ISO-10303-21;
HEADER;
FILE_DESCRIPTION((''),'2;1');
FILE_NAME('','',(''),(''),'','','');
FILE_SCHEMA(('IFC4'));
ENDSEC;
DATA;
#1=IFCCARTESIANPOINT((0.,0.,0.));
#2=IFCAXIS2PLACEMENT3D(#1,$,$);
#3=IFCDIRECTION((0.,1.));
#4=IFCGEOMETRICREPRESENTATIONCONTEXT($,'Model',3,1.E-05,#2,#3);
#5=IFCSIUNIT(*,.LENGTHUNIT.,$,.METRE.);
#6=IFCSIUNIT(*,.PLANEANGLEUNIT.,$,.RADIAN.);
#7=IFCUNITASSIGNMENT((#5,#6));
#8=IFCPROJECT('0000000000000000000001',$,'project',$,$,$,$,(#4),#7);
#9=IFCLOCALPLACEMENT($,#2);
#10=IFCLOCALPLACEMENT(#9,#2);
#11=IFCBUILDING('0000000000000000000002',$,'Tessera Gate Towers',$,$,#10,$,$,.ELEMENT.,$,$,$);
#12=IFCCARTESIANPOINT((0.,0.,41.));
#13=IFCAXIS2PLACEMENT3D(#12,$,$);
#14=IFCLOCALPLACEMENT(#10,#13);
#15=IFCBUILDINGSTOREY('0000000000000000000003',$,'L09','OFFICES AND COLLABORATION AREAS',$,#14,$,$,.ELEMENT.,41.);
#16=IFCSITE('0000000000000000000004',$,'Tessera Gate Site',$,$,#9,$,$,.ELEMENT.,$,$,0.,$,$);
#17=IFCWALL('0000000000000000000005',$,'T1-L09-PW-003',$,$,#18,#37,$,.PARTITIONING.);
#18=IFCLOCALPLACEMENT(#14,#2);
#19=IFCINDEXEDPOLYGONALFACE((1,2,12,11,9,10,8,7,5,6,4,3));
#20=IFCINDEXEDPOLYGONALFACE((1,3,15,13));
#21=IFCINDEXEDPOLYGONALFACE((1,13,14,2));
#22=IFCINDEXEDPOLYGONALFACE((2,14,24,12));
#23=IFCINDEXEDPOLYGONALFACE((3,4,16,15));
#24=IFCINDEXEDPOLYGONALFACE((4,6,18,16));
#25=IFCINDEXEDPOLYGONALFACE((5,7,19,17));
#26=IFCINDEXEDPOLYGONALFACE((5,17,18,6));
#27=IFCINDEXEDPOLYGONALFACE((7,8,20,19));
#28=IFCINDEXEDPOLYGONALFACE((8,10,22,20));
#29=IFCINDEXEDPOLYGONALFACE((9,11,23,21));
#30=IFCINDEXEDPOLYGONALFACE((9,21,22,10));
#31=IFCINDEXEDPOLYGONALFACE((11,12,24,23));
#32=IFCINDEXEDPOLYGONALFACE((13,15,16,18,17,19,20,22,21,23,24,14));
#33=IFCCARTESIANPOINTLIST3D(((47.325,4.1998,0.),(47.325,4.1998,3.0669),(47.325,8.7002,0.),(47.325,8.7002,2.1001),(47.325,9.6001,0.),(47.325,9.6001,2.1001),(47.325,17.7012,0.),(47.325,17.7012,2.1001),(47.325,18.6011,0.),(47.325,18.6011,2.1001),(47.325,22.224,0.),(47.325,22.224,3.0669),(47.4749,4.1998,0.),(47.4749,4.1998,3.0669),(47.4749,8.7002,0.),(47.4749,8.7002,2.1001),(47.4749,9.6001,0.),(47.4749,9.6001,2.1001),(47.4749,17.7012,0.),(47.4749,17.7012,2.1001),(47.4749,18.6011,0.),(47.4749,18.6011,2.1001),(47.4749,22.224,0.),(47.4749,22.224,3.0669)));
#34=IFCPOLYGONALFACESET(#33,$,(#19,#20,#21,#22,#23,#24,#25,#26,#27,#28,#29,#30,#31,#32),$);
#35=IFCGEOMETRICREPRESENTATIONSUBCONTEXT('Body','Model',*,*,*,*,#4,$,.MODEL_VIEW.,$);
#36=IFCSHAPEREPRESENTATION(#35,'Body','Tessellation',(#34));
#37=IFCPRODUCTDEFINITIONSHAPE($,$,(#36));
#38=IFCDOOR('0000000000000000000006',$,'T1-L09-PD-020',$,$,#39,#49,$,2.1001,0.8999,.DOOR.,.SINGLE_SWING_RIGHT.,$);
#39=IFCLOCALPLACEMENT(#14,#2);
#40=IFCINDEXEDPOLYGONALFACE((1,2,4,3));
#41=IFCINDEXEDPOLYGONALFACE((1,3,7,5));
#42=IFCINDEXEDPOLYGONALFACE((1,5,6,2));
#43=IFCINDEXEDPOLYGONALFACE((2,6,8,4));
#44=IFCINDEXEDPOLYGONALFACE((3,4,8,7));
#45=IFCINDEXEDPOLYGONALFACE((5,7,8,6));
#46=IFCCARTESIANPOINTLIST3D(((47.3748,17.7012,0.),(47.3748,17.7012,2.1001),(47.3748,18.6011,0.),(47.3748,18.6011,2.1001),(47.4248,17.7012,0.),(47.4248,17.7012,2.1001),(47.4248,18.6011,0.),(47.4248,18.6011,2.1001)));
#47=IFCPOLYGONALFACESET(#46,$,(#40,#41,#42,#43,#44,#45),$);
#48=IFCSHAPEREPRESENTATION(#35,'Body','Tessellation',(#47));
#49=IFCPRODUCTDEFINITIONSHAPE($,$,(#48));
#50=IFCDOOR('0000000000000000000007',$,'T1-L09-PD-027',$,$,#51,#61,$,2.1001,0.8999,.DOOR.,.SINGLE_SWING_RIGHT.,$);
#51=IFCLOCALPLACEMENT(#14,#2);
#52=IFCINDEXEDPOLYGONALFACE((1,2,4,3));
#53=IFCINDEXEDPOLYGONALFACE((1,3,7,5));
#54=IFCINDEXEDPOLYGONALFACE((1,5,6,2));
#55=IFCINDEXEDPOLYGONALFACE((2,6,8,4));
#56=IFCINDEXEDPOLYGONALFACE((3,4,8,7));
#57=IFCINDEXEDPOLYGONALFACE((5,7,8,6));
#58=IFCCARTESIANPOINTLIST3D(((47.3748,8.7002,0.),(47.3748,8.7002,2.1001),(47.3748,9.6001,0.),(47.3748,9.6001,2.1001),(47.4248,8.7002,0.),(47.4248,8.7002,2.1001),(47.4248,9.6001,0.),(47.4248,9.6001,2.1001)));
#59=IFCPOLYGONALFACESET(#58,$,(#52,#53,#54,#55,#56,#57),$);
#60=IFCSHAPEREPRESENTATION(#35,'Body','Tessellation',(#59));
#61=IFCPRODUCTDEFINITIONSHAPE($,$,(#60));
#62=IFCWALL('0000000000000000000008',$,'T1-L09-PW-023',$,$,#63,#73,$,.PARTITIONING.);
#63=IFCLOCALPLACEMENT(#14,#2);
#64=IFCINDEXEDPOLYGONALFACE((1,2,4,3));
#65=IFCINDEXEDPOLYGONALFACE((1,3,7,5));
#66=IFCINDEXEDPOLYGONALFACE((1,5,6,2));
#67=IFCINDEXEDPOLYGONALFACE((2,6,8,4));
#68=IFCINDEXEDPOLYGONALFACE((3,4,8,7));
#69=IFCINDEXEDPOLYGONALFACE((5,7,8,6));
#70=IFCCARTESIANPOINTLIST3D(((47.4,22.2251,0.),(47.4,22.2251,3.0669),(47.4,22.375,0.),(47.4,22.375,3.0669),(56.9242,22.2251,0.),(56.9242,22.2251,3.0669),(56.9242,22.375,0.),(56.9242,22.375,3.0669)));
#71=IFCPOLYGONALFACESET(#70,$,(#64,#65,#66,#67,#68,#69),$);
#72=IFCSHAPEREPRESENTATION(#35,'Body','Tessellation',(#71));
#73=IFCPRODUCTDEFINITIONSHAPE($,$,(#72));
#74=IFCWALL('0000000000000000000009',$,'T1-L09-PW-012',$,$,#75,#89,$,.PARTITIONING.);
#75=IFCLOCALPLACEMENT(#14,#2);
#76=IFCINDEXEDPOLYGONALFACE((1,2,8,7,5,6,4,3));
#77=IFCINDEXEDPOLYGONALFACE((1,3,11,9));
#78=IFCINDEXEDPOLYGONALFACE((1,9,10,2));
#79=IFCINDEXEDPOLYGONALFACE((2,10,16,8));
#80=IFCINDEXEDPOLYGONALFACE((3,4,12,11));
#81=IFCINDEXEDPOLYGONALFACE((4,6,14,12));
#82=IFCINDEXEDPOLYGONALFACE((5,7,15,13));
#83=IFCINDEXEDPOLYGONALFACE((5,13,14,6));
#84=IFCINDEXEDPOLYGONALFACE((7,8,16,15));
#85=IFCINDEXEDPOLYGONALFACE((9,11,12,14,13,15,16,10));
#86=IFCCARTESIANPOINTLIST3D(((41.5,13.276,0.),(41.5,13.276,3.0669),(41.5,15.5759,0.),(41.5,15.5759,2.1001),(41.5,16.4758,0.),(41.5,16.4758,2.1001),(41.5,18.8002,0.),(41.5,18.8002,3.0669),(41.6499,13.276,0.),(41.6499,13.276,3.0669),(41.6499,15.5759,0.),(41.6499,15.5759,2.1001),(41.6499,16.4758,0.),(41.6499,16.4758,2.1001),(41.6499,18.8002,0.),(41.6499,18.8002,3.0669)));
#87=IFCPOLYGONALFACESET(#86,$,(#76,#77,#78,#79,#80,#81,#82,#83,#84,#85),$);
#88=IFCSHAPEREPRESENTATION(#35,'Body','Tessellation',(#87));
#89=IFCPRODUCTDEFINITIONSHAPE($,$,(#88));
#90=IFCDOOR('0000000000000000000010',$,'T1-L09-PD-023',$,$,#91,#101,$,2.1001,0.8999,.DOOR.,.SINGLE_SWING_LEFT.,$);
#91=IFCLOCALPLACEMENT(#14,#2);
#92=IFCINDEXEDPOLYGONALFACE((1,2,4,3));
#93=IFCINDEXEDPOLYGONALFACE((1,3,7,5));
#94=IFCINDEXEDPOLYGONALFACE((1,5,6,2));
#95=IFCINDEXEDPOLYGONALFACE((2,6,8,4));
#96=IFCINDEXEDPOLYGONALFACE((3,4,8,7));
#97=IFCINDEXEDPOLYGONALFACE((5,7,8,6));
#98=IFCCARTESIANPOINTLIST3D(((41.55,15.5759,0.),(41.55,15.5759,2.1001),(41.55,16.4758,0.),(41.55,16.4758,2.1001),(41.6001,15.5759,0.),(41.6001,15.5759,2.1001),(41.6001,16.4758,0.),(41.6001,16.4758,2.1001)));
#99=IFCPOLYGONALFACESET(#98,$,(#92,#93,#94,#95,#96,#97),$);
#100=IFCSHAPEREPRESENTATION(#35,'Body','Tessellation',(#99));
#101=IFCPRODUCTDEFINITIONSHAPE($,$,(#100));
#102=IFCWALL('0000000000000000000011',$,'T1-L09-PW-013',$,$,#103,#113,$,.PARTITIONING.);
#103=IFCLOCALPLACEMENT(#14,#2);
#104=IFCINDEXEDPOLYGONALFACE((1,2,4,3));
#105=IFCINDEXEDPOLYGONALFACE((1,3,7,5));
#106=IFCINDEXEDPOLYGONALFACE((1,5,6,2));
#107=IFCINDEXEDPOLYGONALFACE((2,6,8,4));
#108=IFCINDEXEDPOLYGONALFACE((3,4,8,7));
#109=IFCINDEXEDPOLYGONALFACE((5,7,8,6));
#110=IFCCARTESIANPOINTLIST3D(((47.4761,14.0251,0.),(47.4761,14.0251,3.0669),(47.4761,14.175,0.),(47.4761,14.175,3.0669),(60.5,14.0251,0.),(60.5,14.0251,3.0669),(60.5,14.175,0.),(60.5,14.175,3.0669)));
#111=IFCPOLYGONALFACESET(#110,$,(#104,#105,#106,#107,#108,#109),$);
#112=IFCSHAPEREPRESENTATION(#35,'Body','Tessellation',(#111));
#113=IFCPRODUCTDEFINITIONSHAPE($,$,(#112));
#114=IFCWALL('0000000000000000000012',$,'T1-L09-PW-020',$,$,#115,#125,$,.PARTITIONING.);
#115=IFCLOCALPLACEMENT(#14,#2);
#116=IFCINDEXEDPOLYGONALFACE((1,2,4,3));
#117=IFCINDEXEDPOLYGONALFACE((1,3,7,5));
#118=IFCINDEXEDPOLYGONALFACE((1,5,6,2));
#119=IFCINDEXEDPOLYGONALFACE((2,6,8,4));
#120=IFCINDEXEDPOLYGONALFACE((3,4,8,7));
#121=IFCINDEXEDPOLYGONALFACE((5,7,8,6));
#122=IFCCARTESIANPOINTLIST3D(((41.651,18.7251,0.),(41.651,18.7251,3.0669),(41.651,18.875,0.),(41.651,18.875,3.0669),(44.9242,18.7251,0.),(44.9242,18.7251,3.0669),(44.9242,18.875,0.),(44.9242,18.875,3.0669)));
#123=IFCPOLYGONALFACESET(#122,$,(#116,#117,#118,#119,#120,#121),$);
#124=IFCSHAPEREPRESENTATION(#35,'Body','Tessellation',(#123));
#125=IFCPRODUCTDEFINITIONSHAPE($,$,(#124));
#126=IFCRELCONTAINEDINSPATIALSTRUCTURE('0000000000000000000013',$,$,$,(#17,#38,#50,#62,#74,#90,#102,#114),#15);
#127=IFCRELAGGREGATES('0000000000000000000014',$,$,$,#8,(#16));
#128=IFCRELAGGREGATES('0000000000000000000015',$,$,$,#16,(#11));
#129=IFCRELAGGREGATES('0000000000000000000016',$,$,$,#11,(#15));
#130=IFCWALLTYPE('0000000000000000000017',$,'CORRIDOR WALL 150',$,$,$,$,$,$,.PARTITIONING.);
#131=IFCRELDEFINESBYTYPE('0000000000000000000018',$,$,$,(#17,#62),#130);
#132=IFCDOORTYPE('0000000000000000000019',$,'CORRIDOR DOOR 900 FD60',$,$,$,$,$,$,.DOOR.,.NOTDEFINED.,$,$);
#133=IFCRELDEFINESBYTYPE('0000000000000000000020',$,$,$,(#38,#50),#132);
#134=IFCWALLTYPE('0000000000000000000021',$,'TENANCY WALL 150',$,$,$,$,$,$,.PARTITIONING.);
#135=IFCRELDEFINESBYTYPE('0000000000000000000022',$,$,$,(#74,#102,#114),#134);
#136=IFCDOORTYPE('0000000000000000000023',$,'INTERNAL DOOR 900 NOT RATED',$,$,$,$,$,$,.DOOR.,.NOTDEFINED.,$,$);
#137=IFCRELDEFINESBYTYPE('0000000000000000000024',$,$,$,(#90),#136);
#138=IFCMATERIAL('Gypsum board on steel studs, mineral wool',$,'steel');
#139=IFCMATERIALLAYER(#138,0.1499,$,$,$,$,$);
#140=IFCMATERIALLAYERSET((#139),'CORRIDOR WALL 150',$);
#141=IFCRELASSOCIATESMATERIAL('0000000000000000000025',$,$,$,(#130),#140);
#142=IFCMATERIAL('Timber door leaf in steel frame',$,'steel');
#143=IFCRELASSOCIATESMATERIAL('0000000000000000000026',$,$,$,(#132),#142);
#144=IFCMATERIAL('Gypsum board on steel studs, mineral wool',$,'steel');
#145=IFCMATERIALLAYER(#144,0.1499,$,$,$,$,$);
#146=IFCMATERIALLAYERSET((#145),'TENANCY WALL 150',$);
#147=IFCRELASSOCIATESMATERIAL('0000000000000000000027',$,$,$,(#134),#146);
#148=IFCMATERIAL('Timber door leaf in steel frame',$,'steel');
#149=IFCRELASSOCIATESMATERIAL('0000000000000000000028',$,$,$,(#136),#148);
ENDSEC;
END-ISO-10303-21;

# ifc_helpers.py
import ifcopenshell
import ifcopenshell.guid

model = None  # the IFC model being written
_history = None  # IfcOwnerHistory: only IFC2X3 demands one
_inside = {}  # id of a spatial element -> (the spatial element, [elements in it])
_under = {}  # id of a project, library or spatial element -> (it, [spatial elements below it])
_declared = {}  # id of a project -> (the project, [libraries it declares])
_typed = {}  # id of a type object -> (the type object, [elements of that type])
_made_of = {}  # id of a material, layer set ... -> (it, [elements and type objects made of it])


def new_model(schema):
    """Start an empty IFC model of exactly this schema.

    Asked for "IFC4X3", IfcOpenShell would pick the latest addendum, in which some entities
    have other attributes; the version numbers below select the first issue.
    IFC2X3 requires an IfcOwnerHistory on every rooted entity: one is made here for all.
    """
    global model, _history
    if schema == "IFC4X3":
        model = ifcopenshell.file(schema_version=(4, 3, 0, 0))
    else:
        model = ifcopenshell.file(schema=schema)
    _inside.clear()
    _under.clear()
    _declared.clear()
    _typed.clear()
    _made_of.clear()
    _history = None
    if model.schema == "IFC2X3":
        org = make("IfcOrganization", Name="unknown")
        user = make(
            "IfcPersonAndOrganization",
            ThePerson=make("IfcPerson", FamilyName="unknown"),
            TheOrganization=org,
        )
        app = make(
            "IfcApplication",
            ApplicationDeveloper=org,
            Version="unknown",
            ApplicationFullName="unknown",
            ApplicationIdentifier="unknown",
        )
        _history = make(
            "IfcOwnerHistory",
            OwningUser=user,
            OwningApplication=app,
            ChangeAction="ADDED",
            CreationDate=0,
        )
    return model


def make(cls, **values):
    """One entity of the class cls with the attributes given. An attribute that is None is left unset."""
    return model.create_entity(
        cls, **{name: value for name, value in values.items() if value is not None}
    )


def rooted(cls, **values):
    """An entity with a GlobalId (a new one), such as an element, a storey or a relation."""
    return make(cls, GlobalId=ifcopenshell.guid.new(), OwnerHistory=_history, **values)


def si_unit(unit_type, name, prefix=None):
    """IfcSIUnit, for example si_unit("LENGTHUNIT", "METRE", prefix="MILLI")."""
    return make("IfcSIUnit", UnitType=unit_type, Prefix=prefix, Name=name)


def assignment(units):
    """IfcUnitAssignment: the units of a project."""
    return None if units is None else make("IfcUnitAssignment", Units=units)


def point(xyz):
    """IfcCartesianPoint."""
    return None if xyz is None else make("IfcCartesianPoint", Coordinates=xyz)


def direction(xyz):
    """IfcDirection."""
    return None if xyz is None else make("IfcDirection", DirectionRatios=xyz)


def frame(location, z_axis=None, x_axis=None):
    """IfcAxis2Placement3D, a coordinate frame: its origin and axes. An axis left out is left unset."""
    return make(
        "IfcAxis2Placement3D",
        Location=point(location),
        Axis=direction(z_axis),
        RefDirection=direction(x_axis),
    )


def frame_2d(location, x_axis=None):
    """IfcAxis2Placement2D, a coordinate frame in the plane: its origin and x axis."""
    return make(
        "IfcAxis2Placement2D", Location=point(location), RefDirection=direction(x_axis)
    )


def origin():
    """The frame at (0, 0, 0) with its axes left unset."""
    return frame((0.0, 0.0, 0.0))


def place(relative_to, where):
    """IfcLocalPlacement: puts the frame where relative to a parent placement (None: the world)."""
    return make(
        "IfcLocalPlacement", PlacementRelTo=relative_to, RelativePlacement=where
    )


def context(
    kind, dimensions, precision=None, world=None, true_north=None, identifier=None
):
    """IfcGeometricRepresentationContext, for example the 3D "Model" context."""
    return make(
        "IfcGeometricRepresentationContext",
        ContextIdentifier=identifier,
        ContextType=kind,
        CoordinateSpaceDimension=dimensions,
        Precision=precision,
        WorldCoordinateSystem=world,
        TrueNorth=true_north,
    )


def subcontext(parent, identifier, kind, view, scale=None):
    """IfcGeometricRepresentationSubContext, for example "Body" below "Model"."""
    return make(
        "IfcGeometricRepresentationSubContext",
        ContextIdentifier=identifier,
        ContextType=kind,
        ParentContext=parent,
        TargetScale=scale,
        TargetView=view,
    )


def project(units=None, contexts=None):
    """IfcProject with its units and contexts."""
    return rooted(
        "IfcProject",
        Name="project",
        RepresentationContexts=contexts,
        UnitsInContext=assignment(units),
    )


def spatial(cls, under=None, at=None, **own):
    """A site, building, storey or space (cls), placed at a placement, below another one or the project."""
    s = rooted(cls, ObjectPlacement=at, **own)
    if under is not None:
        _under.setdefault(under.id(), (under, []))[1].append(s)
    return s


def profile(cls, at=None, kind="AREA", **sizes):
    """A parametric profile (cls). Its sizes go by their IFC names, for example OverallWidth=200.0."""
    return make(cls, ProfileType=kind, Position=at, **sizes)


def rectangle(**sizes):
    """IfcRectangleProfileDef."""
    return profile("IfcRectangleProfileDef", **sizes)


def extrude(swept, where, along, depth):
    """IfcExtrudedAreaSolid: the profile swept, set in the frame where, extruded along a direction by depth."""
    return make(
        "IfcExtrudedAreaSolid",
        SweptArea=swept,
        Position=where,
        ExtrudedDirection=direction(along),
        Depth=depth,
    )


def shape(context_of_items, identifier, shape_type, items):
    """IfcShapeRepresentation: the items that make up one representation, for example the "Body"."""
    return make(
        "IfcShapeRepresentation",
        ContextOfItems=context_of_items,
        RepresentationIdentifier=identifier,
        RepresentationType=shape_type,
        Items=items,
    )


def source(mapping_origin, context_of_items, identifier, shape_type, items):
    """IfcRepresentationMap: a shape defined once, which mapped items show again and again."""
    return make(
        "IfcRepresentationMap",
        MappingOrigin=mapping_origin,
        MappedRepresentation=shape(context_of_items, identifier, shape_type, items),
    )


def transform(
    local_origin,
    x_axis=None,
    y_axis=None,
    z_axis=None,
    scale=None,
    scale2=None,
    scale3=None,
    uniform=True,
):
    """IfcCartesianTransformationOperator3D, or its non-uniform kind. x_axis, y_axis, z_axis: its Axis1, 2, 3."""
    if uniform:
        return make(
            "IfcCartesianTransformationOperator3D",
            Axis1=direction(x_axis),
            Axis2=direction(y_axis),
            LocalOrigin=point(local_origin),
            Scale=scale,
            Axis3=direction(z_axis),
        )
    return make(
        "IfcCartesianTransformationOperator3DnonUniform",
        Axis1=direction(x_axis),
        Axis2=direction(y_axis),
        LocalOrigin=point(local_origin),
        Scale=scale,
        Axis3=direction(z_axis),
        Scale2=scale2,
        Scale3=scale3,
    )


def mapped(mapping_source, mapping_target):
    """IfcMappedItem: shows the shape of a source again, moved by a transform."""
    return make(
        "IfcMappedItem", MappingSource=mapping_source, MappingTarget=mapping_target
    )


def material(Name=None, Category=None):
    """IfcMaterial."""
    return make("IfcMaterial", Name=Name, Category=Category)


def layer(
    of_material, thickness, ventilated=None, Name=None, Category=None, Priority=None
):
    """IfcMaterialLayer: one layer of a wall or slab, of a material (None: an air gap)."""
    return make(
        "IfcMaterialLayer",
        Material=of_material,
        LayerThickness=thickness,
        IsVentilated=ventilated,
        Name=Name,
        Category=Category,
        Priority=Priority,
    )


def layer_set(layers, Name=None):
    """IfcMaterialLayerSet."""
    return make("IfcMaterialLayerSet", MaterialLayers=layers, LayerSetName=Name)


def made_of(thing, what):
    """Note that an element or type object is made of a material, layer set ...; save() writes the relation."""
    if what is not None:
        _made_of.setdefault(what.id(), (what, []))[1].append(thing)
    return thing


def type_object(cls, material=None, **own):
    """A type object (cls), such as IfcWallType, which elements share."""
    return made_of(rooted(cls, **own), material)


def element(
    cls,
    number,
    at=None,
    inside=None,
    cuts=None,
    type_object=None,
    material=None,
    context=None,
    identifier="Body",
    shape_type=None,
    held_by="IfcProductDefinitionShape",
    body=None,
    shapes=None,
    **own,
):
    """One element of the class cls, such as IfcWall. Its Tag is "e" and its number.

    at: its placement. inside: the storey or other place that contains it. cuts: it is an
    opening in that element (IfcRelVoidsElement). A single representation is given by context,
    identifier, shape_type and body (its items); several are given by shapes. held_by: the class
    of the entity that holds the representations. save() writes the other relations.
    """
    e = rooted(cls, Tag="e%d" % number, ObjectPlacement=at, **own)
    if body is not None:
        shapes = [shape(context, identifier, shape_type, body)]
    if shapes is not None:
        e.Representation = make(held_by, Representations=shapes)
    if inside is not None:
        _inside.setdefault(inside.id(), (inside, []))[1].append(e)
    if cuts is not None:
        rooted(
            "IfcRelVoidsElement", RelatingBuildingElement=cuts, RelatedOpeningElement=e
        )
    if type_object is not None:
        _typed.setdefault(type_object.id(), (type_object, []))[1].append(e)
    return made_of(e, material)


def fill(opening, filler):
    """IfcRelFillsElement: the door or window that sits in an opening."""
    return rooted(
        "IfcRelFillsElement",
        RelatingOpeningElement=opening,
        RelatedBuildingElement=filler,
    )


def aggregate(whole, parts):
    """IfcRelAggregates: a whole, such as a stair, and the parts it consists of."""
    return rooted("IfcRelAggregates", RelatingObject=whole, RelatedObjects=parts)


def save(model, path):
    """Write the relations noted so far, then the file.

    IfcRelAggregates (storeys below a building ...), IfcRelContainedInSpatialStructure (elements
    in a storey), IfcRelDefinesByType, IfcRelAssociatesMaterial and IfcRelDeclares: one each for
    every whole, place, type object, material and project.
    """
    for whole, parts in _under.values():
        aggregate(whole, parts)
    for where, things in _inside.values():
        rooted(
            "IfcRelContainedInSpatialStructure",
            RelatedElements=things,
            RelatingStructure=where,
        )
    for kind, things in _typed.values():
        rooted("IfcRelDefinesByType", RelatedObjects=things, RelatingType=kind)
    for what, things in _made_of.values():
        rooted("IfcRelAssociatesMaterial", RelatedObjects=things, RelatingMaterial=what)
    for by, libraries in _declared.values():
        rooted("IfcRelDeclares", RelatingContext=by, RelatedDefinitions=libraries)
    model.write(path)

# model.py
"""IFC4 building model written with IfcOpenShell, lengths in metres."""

from ifc_helpers import new_model, si_unit, direction, frame, frame_2d, origin, place, context, subcontext, project, spatial, rectangle, extrude, source, transform, mapped, material, layer, layer_set, type_object, element, fill, save


model = new_model("IFC4")

# Units and contexts
model_context = context("Model", 3, precision=1e-05, world=origin(), true_north=direction((0.0, 1.0)))
body_context = subcontext(model_context, "Body", "Model", "MODEL_VIEW")
ifc_project = project(units=[si_unit("LENGTHUNIT", "METRE"), si_unit("PLANEANGLEUNIT", "RADIAN")], contexts=[model_context])

# Site, building, storey
site_placement = place(None, origin())
site = spatial("IfcSite", under=ifc_project, at=site_placement, Name="Tessera Gate Site", CompositionType="ELEMENT", RefElevation=0.0)
building_placement = place(site_placement, origin())
building = spatial("IfcBuilding", under=site, at=building_placement, Name="Tessera Gate Towers", CompositionType="ELEMENT")
storey_placement = place(building_placement, frame((0.0, 0.0, 41.0)))
storey = spatial("IfcBuildingStorey", under=building, at=storey_placement, Name="L09", Description="OFFICES AND COLLABORATION AREAS", CompositionType="ELEMENT", Elevation=41.0)

# Wall, openings, doors
ifc_material_1 = material(Name="Gypsum board on steel studs, mineral wool", Category="steel")
ifc_layer_1 = layer(ifc_material_1, 0.1499)
ifc_layer_set_1 = layer_set([ifc_layer_1], Name="CORRIDOR WALL 150")
wall_type_1 = type_object("IfcWallType", Name="CORRIDOR WALL 150", PredefinedType="PARTITIONING", material=ifc_layer_set_1)
wall_1_placement = place(storey_placement, frame((47.3999, 22.2241, 0.0), z_axis=(0.0, 0.0, 1.0), x_axis=(0.0, -1.0, 0.0)))
wall_1 = element("IfcWall", 1, at=wall_1_placement, inside=storey, type_object=wall_type_1, Name="T1-L09-PW-003", PredefinedType="PARTITIONING", context=body_context, shape_type="SweptSolid", body=[
    extrude(rectangle(XDim=18.0242, YDim=0.1499, at=frame_2d((9.0122, 0.0))), origin(), (0.0, 0.0, 1.0), 3.0669),
])
shared_shape_1 = source(origin(), body_context, "Body", "SweptSolid", [
    extrude(rectangle(XDim=0.8999, YDim=2.1001, at=frame_2d((0.45, 1.05))), frame((0.0, 0.085, 0.0), z_axis=(0.0, -1.0, 0.0), x_axis=(1.0, 0.0, 0.0)), (0.0, 0.0, 1.0), 0.1699),
])
opening_1_placement = place(wall_1_placement, frame((3.623, 0.0, 0.0)))
opening_1 = element("IfcOpeningElement", 2, at=opening_1_placement, cuts=wall_1, PredefinedType="OPENING", context=body_context, shape_type="MappedRepresentation", body=[
    mapped(shared_shape_1, transform((0.0, 0.0, 0.0), scale=1.0)),
])
opening_2_placement = place(wall_1_placement, frame((12.624, 0.0, 0.0)))
opening_2 = element("IfcOpeningElement", 3, at=opening_2_placement, cuts=wall_1, PredefinedType="OPENING", context=body_context, shape_type="MappedRepresentation", body=[
    mapped(shared_shape_1, transform((0.0, 0.0, 0.0), scale=1.0)),
])
ifc_material_2 = material(Name="Timber door leaf in steel frame", Category="steel")
door_type_1 = type_object("IfcDoorType", Name="CORRIDOR DOOR 900 FD60", OperationType="NOTDEFINED", PredefinedType="DOOR", material=ifc_material_2)
shared_shape_2 = source(origin(), body_context, "Body", "SweptSolid", [
    extrude(rectangle(XDim=0.8999, YDim=2.1001, at=frame_2d((0.45, 1.05))), frame((0.0, 0.0249, 0.0), z_axis=(0.0, -1.0, 0.0), x_axis=(1.0, 0.0, 0.0)), (0.0, 0.0, 1.0), 0.05),
])
door_1_placement = place(opening_1_placement, origin())
door_1 = element("IfcDoor", 4, at=door_1_placement, inside=storey, type_object=door_type_1, Name="T1-L09-PD-020", OperationType="SINGLE_SWING_RIGHT", OverallHeight=2.1001, OverallWidth=0.8999, PredefinedType="DOOR", context=body_context, shape_type="MappedRepresentation", body=[
    mapped(shared_shape_2, transform((0.0, 0.0, 0.0), scale=1.0)),
])
fill(opening_1, door_1)
door_2_placement = place(opening_2_placement, origin())
door_2 = element("IfcDoor", 5, at=door_2_placement, inside=storey, type_object=door_type_1, Name="T1-L09-PD-027", OperationType="SINGLE_SWING_RIGHT", OverallHeight=2.1001, OverallWidth=0.8999, PredefinedType="DOOR", context=body_context, shape_type="MappedRepresentation", body=[
    mapped(shared_shape_2, transform((0.0, 0.0, 0.0), scale=1.0)),
])
fill(opening_2, door_2)

# Wall
wall_2_placement = place(storey_placement, frame((47.3999, 22.3, 0.0), z_axis=(0.0, 0.0, 1.0), x_axis=(1.0, 0.0, 0.0)))
element("IfcWall", 6, at=wall_2_placement, inside=storey, type_object=wall_type_1, Name="T1-L09-PW-023", PredefinedType="PARTITIONING", context=body_context, shape_type="SweptSolid", body=[
    extrude(rectangle(XDim=9.5242, YDim=0.1499, at=frame_2d((4.7622, 0.0))), origin(), (0.0, 0.0, 1.0), 3.0669),
])

# Wall, opening, door
ifc_material_3 = material(Name="Gypsum board on steel studs, mineral wool", Category="steel")
ifc_layer_2 = layer(ifc_material_3, 0.1499)
ifc_layer_set_2 = layer_set([ifc_layer_2], Name="TENANCY WALL 150")
wall_type_2 = type_object("IfcWallType", Name="TENANCY WALL 150", PredefinedType="PARTITIONING", material=ifc_layer_set_2)
wall_3_placement = place(storey_placement, frame((41.575, 13.2759, 0.0), z_axis=(0.0, 0.0, 1.0), x_axis=(0.0, 1.0, 0.0)))
wall_3 = element("IfcWall", 7, at=wall_3_placement, inside=storey, type_object=wall_type_2, Name="T1-L09-PW-012", PredefinedType="PARTITIONING", context=body_context, shape_type="SweptSolid", body=[
    extrude(rectangle(XDim=5.5242, YDim=0.1499, at=frame_2d((2.7622, 0.0))), origin(), (0.0, 0.0, 1.0), 3.0669),
])
opening_3_placement = place(wall_3_placement, frame((2.3, 0.0, 0.0)))
opening_3 = element("IfcOpeningElement", 8, at=opening_3_placement, cuts=wall_3, PredefinedType="OPENING", context=body_context, shape_type="MappedRepresentation", body=[
    mapped(shared_shape_1, transform((0.0, 0.0, 0.0), scale=1.0)),
])
ifc_material_4 = material(Name="Timber door leaf in steel frame", Category="steel")
door_type_2 = type_object("IfcDoorType", Name="INTERNAL DOOR 900 NOT RATED", OperationType="NOTDEFINED", PredefinedType="DOOR", material=ifc_material_4)
door_3_placement = place(opening_3_placement, origin())
door_3 = element("IfcDoor", 9, at=door_3_placement, inside=storey, type_object=door_type_2, Name="T1-L09-PD-023", OperationType="SINGLE_SWING_LEFT", OverallHeight=2.1001, OverallWidth=0.8999, PredefinedType="DOOR", context=body_context, shape_type="MappedRepresentation", body=[
    mapped(shared_shape_2, transform((0.0, 0.0, 0.0), scale=1.0)),
])
fill(opening_3, door_3)

# Walls
wall_4_placement = place(storey_placement, frame((47.4761, 14.1001, 0.0), z_axis=(0.0, 0.0, 1.0), x_axis=(1.0, 0.0, 0.0)))
element("IfcWall", 10, at=wall_4_placement, inside=storey, type_object=wall_type_2, Name="T1-L09-PW-013", PredefinedType="PARTITIONING", context=body_context, shape_type="SweptSolid", body=[
    extrude(rectangle(XDim=13.0239, YDim=0.1499, at=frame_2d((6.512, 0.0))), origin(), (0.0, 0.0, 1.0), 3.0669),
])
wall_5_placement = place(storey_placement, frame((41.6509, 18.8, 0.0), z_axis=(0.0, 0.0, 1.0), x_axis=(1.0, 0.0, 0.0)))
element("IfcWall", 11, at=wall_5_placement, inside=storey, type_object=wall_type_2, Name="T1-L09-PW-020", PredefinedType="PARTITIONING", context=body_context, shape_type="SweptSolid", body=[
    extrude(rectangle(XDim=3.2732, YDim=0.1499, at=frame_2d((1.6367, 0.0))), origin(), (0.0, 0.0, 1.0), 3.0669),
])

save(model, "model.ifc")
